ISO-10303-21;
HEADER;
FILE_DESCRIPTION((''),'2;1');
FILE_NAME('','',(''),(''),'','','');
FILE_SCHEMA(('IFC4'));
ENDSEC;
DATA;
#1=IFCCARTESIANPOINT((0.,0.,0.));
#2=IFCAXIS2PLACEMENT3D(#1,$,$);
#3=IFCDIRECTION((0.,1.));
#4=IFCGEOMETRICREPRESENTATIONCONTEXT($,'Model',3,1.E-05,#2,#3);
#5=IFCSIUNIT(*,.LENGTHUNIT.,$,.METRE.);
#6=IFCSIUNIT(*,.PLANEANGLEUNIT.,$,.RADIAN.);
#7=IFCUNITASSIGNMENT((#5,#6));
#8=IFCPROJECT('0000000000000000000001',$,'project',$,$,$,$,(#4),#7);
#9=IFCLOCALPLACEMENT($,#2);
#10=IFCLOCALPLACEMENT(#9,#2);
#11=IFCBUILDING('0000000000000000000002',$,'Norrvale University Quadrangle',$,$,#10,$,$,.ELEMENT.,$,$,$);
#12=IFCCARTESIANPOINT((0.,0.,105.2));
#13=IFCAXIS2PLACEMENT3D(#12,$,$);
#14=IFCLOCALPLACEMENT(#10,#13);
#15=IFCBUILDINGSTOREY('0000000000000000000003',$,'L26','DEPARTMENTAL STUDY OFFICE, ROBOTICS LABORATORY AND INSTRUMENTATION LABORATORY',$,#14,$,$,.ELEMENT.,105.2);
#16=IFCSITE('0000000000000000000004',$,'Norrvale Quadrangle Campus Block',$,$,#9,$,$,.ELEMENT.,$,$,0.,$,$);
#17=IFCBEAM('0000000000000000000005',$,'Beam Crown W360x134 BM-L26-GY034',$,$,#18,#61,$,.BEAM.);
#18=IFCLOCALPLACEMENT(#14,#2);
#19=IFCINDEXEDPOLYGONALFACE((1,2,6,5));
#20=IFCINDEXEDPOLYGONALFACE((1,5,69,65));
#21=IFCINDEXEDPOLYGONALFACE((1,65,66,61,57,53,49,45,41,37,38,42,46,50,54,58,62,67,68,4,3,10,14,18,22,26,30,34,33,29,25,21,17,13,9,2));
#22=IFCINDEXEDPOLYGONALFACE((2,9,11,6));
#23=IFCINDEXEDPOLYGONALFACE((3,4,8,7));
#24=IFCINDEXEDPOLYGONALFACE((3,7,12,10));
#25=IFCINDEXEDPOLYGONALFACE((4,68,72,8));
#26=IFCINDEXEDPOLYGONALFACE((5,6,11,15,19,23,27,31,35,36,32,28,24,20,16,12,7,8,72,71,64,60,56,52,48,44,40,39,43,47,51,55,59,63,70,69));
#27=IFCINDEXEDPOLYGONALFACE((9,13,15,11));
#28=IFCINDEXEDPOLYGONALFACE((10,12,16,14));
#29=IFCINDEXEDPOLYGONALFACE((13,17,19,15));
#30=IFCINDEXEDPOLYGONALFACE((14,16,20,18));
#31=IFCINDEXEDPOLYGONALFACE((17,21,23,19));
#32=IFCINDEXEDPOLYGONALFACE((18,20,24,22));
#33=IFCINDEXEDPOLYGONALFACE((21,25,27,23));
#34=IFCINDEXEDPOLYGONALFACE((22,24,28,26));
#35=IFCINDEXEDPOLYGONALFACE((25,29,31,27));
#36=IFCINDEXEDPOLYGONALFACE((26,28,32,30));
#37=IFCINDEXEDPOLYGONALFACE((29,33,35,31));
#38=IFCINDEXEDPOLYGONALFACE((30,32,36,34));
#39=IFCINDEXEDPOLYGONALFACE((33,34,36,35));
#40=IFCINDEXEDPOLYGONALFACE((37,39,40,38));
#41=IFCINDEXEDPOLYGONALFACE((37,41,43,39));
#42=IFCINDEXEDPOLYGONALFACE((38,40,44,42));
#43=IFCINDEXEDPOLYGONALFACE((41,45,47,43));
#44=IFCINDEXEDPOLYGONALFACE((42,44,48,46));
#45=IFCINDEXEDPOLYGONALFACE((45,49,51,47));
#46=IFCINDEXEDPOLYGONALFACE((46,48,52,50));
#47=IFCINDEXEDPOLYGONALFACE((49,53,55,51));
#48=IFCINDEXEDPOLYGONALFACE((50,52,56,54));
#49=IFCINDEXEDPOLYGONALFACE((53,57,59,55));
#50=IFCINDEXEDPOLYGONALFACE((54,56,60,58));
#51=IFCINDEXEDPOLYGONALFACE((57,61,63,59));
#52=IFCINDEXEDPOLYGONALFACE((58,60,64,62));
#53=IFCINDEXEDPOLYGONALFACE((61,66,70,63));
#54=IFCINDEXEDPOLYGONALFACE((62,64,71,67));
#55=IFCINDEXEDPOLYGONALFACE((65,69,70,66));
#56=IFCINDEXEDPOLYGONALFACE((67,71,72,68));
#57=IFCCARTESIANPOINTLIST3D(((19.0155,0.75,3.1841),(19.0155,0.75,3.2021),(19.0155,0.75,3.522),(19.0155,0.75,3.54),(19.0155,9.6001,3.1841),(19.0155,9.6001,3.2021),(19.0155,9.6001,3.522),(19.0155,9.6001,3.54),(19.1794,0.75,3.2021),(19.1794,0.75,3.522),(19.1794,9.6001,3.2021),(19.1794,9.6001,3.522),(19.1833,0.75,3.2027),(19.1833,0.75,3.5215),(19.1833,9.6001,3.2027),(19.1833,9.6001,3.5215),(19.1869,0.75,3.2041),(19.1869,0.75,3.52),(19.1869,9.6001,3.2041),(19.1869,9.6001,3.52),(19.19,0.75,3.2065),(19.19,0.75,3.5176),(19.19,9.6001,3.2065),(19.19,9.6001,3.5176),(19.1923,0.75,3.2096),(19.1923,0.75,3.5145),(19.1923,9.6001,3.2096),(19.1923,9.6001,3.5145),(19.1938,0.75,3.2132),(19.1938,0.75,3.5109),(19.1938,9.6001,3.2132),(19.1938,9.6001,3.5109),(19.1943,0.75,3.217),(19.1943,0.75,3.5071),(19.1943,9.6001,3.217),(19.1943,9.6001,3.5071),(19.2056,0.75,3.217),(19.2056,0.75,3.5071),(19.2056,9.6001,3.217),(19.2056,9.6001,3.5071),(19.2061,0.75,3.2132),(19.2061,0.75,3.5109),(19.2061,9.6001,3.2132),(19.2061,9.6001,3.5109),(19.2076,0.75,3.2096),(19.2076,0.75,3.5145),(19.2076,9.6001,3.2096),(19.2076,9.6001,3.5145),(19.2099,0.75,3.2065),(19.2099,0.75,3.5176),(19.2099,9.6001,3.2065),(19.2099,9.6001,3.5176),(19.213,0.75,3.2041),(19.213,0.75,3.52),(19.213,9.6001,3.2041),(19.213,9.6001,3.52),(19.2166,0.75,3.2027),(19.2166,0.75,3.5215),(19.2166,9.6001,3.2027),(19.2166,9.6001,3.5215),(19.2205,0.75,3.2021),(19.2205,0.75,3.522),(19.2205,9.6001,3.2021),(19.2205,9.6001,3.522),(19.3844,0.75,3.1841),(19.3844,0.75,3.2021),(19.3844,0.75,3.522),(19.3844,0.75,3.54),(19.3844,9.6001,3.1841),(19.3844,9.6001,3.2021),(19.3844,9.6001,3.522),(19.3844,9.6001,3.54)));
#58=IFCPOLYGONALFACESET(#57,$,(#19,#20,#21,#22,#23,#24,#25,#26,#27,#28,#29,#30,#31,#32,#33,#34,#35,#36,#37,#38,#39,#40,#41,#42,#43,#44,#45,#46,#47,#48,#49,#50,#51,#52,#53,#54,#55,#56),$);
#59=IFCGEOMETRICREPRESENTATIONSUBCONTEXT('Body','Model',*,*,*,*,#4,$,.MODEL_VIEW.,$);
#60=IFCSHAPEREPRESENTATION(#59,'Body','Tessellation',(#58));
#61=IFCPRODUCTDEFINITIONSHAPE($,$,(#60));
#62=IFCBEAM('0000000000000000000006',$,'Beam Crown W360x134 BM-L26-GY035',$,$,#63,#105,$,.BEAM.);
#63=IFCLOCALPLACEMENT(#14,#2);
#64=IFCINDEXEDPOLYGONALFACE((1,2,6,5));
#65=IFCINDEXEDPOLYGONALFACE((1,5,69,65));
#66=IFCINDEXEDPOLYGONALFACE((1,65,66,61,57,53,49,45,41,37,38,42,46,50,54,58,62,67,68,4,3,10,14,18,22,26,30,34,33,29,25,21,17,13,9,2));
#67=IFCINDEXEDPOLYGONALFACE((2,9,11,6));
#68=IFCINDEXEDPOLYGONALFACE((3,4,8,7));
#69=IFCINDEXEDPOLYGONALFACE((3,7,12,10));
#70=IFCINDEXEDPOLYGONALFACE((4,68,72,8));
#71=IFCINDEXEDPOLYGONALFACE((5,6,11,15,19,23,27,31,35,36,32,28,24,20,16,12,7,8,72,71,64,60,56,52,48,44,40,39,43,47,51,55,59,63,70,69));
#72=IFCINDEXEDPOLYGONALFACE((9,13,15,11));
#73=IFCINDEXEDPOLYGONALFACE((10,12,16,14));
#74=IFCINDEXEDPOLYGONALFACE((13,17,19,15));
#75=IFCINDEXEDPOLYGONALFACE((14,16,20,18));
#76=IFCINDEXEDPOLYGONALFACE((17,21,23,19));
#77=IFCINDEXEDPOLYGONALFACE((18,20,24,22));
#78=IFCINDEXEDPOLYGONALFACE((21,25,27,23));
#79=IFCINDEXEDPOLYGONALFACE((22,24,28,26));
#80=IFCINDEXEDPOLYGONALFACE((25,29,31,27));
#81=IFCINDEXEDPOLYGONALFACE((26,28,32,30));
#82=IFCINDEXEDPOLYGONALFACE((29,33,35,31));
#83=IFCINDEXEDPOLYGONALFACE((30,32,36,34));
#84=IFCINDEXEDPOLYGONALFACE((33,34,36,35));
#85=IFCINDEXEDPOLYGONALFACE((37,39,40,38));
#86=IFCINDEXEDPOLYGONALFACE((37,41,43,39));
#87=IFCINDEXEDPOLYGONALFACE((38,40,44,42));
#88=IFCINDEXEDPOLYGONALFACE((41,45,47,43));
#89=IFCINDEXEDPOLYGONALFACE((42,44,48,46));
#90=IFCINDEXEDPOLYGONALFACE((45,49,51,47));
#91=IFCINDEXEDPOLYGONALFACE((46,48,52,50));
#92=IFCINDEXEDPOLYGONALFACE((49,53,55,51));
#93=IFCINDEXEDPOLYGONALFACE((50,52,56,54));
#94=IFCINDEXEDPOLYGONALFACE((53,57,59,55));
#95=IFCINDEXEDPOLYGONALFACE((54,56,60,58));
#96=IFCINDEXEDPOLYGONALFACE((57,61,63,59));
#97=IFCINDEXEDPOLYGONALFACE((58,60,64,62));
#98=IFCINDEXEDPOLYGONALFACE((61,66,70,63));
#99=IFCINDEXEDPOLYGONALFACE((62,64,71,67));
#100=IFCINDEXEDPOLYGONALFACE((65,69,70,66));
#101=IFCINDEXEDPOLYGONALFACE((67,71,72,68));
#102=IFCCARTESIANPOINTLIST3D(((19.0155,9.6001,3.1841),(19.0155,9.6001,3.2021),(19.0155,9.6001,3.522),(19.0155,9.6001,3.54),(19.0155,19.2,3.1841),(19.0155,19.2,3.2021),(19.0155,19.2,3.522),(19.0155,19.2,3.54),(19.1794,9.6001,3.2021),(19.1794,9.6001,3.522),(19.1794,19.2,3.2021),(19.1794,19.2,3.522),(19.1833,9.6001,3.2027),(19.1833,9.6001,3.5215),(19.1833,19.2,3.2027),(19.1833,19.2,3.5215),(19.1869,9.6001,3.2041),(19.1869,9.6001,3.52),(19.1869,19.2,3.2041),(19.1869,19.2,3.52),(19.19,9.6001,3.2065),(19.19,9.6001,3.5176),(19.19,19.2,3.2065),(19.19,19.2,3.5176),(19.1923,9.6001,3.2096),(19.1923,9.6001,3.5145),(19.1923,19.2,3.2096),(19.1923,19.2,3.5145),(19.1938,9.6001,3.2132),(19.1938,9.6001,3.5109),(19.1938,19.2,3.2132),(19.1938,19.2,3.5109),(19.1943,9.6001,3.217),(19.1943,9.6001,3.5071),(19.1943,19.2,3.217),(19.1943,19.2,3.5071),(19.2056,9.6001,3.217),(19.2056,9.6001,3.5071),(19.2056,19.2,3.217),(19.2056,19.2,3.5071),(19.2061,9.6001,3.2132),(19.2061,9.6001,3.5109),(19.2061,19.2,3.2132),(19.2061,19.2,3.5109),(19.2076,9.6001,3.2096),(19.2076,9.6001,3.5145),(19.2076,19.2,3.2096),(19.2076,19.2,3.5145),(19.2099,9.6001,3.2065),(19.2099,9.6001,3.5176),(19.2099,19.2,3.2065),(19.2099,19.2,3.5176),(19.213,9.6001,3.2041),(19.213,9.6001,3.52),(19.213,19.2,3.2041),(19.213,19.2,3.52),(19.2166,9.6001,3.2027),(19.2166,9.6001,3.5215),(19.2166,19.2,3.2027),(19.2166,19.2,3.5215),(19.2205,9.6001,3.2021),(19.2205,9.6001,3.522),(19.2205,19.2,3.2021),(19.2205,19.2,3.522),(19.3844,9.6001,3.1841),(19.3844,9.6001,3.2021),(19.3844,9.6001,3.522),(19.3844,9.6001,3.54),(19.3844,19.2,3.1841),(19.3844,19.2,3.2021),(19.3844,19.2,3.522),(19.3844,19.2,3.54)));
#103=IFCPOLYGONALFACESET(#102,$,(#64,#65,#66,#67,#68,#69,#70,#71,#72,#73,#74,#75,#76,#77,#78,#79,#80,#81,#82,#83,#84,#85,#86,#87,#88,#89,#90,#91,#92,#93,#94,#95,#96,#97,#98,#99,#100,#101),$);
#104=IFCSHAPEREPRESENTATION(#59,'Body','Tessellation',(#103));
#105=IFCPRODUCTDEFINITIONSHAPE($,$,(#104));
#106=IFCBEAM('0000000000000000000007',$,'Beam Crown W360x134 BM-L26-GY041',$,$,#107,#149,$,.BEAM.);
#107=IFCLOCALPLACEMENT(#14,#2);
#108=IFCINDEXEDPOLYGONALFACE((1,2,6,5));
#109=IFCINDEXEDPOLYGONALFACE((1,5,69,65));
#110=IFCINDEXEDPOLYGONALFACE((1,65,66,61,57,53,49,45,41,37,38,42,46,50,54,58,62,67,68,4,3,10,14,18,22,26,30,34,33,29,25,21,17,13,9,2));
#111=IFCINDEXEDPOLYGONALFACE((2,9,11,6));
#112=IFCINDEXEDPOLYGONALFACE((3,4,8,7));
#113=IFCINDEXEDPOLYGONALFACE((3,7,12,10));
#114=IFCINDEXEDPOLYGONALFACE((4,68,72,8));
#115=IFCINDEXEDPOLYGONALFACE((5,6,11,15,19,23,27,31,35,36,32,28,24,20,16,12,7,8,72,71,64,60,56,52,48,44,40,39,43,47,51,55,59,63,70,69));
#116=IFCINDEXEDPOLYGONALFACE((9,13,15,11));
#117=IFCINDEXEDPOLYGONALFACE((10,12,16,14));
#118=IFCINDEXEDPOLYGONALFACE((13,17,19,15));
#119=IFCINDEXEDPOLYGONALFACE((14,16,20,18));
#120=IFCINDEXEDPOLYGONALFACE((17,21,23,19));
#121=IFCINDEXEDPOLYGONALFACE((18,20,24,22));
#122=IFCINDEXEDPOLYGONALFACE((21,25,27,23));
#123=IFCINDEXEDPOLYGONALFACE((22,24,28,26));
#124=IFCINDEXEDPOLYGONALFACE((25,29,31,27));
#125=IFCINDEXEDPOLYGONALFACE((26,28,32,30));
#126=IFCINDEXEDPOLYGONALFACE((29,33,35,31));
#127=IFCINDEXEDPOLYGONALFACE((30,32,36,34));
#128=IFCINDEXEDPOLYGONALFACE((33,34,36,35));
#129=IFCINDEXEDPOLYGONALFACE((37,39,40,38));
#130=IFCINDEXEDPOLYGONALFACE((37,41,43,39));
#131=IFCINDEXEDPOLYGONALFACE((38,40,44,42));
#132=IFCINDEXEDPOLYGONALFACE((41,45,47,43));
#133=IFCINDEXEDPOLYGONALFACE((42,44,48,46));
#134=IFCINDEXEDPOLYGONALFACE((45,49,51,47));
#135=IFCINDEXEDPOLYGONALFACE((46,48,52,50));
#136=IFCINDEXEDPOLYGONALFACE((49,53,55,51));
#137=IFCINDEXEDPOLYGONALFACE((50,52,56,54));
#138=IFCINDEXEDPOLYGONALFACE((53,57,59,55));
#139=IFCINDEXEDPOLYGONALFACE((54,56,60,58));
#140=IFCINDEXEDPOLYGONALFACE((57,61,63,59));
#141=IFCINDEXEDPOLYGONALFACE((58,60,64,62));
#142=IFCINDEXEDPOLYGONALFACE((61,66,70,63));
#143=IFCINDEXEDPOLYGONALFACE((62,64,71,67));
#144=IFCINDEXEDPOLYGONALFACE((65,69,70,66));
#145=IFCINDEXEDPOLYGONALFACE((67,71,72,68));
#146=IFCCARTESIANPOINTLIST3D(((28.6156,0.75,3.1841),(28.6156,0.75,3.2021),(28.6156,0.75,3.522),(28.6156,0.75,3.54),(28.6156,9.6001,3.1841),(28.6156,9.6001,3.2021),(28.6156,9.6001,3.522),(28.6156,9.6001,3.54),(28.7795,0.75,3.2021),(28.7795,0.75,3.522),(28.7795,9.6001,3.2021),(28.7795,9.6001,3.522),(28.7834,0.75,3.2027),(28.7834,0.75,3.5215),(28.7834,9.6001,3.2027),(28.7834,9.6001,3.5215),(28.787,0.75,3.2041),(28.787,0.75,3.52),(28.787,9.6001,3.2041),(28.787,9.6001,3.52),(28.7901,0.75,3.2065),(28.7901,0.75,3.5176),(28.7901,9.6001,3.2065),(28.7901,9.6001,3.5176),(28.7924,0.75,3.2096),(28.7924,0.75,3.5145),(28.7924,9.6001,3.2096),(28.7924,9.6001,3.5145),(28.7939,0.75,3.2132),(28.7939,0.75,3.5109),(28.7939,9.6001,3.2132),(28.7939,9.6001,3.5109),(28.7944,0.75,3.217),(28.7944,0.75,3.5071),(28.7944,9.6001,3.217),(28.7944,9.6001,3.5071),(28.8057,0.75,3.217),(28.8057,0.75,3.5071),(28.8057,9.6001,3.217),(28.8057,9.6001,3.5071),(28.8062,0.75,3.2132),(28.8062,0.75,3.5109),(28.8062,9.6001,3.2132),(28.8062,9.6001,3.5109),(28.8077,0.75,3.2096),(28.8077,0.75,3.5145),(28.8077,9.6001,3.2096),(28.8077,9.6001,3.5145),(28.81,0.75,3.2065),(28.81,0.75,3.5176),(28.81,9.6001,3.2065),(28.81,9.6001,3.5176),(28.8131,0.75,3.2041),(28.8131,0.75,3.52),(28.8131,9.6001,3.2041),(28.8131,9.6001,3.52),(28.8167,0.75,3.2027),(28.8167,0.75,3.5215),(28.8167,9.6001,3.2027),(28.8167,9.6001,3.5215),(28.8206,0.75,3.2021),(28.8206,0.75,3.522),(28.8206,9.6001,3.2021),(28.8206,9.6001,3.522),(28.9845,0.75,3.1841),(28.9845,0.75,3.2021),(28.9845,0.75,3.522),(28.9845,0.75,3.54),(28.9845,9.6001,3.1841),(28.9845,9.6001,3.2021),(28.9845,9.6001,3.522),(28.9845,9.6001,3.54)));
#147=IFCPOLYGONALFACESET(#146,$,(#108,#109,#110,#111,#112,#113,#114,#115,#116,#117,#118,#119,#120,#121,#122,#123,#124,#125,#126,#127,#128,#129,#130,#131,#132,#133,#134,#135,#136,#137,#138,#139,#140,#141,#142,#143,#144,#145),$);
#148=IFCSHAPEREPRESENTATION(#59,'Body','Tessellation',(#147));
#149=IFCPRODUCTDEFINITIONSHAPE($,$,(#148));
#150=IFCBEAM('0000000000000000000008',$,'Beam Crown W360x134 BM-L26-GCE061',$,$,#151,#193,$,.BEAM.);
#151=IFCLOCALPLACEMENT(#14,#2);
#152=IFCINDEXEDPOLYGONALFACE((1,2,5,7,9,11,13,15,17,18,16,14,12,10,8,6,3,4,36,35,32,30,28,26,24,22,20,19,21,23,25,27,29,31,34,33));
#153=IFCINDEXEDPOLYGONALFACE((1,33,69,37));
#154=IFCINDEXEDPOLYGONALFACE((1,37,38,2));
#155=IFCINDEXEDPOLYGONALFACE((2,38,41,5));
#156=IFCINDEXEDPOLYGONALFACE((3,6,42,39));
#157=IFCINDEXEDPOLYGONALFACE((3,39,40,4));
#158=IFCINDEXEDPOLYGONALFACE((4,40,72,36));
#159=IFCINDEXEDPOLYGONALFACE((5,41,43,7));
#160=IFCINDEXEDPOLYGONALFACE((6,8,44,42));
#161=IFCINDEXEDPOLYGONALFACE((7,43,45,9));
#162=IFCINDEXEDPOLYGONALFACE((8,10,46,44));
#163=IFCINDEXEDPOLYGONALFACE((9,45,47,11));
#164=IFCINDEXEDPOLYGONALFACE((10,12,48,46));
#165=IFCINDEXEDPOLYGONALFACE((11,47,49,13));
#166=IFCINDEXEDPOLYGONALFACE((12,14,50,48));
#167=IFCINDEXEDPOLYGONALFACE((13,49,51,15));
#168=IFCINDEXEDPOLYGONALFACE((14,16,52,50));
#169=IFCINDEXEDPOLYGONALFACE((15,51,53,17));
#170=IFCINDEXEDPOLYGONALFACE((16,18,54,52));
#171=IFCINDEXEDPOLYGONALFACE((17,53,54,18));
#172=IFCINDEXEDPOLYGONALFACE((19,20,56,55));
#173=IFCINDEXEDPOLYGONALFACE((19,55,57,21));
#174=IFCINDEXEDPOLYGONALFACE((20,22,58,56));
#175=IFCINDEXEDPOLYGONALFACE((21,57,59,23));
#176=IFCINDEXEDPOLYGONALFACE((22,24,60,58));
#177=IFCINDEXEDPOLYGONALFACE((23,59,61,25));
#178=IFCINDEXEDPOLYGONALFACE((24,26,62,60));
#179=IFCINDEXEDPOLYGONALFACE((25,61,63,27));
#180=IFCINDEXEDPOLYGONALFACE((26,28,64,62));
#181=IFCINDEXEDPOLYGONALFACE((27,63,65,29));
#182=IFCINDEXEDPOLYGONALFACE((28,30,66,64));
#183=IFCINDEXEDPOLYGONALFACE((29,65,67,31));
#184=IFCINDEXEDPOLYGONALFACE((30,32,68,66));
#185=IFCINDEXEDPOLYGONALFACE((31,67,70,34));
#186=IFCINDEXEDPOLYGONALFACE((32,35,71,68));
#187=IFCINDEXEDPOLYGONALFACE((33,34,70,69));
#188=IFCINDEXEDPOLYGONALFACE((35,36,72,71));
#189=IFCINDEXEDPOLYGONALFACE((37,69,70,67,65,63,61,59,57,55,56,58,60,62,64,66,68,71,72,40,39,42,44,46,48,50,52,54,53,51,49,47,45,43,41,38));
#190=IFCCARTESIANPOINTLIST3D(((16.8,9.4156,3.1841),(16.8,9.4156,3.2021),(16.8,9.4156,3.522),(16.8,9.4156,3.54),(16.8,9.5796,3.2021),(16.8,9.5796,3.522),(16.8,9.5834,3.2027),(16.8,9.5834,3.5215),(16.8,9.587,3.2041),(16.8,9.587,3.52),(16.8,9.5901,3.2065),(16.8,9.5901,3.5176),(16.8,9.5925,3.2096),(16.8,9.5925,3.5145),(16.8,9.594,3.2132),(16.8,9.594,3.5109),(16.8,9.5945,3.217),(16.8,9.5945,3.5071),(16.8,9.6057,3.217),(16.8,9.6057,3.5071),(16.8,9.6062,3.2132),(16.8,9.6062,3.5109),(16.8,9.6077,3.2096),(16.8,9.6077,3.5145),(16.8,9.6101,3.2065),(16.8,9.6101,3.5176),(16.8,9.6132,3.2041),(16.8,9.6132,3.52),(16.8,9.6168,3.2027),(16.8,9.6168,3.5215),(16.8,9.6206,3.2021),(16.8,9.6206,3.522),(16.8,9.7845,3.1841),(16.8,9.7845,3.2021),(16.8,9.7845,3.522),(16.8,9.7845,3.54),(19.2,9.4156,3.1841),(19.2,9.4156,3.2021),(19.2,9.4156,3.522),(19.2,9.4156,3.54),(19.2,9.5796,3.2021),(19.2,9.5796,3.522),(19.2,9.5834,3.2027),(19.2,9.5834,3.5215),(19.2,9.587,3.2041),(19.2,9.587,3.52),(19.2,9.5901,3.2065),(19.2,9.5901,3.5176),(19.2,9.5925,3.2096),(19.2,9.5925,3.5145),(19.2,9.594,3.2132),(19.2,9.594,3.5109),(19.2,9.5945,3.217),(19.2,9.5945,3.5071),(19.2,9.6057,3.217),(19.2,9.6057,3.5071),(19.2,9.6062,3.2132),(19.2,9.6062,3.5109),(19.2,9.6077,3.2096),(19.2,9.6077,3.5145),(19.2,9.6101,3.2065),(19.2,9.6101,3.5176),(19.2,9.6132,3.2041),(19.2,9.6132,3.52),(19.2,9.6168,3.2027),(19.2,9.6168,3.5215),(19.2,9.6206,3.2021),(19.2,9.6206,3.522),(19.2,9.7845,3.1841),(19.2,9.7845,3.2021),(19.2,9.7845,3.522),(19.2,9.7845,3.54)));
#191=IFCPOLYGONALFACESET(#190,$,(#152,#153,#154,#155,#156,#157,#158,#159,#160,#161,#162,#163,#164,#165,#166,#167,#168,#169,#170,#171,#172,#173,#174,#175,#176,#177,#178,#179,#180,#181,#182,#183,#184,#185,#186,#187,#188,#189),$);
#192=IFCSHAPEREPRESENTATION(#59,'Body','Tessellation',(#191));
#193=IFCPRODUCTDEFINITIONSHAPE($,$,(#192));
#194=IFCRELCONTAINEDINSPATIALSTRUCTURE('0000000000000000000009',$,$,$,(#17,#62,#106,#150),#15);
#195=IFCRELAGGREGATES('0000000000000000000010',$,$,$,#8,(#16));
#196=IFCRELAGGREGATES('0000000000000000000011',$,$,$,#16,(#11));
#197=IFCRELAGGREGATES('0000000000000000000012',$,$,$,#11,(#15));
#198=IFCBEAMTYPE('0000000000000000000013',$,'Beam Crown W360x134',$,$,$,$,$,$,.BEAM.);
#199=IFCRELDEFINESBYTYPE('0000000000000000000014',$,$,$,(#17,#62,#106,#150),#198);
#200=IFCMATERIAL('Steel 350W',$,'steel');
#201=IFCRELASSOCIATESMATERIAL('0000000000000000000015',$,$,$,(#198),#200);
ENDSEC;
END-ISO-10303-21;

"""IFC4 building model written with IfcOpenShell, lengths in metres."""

from ifc_helpers import new_model, si_unit, direction, frame, origin, origin_2d, place, context, subcontext, project, spatial, i_section, extrude, material, material_profile, profile_set, type_object, element, save


model = new_model("IFC4")

# Units and contexts
model_context = context("Model", 3, precision=1e-05, world=origin(), true_north=direction((0.0, 1.0)))
body_context = subcontext(model_context, "Body", "Model", "MODEL_VIEW")
ifc_project = project(units=[si_unit("LENGTHUNIT", "METRE"), si_unit("PLANEANGLEUNIT", "RADIAN")], contexts=[model_context])

# Site, building, storey
site_placement = place(None, origin())
site = spatial("IfcSite", under=ifc_project, at=site_placement, Name="Norrvale Quadrangle Campus Block", CompositionType="ELEMENT", RefElevation=0.0)
building_placement = place(site_placement, origin())
building = spatial("IfcBuilding", under=site, at=building_placement, Name="Norrvale University Quadrangle", CompositionType="ELEMENT")
storey_placement = place(building_placement, frame((0.0, 0.0, 105.2)))
storey = spatial("IfcBuildingStorey", under=building, at=storey_placement, Name="L26", Description="DEPARTMENTAL STUDY OFFICE, ROBOTICS LABORATORY AND INSTRUMENTATION LABORATORY", CompositionType="ELEMENT", Elevation=105.2)

# Beams
ifc_material_1 = material(Name="Steel 350W", Category="steel")
ifc_material_profile_1 = material_profile(ifc_material_1, i_section(OverallWidth=0.3689, OverallDepth=0.356, WebThickness=0.0112, FlangeThickness=0.0181, FilletRadius=0.0149, at=origin_2d()), Name="Steel 350W")
ifc_profile_set_1 = profile_set([ifc_material_profile_1], Name="Steel 350W")
beam_type_1 = type_object("IfcBeamType", Name="Beam Crown W360x134", PredefinedType="BEAM", material=ifc_profile_set_1)
beam_1_placement = place(storey_placement, frame((19.2, 0.75, 3.3621), z_axis=(0.0, 1.0, 0.0), x_axis=(-1.0, 0.0, 0.0)))
element("IfcBeam", 1, at=beam_1_placement, inside=storey, type_object=beam_type_1, Name="Beam Crown W360x134 BM-L26-GY034", PredefinedType="BEAM", context=body_context, shape_type="SweptSolid", body=[
    extrude(i_section(OverallWidth=0.3689, OverallDepth=0.356, WebThickness=0.0112, FlangeThickness=0.0181, FilletRadius=0.0149, at=origin_2d()), origin(), (0.0, 0.0, 1.0), 8.8501),
])
beam_2_placement = place(storey_placement, frame((19.2, 9.6001, 3.3621), z_axis=(0.0, 1.0, 0.0), x_axis=(-1.0, 0.0, 0.0)))
element("IfcBeam", 2, at=beam_2_placement, inside=storey, type_object=beam_type_1, Name="Beam Crown W360x134 BM-L26-GY035", PredefinedType="BEAM", context=body_context, shape_type="SweptSolid", body=[
    extrude(i_section(OverallWidth=0.3689, OverallDepth=0.356, WebThickness=0.0112, FlangeThickness=0.0181, FilletRadius=0.0149, at=origin_2d()), origin(), (0.0, 0.0, 1.0), 9.5999),
])
beam_3_placement = place(storey_placement, frame((28.8, 0.75, 3.3621), z_axis=(0.0, 1.0, 0.0), x_axis=(-1.0, 0.0, 0.0)))
element("IfcBeam", 3, at=beam_3_placement, inside=storey, type_object=beam_type_1, Name="Beam Crown W360x134 BM-L26-GY041", PredefinedType="BEAM", context=body_context, shape_type="SweptSolid", body=[
    extrude(i_section(OverallWidth=0.3689, OverallDepth=0.356, WebThickness=0.0112, FlangeThickness=0.0181, FilletRadius=0.0149, at=origin_2d()), origin(), (0.0, 0.0, 1.0), 8.8501),
])
beam_4_placement = place(storey_placement, frame((16.8, 9.6001, 3.3621), z_axis=(1.0, 0.0, 0.0), x_axis=(0.0, 1.0, 0.0)))
element("IfcBeam", 4, at=beam_4_placement, inside=storey, type_object=beam_type_1, Name="Beam Crown W360x134 BM-L26-GCE061", PredefinedType="BEAM", context=body_context, shape_type="SweptSolid", body=[
    extrude(i_section(OverallWidth=0.3689, OverallDepth=0.356, WebThickness=0.0112, FlangeThickness=0.0181, FilletRadius=0.0149, at=origin_2d()), origin(), (0.0, 0.0, 1.0), 2.3999),
])

save(model, "model.ifc")
